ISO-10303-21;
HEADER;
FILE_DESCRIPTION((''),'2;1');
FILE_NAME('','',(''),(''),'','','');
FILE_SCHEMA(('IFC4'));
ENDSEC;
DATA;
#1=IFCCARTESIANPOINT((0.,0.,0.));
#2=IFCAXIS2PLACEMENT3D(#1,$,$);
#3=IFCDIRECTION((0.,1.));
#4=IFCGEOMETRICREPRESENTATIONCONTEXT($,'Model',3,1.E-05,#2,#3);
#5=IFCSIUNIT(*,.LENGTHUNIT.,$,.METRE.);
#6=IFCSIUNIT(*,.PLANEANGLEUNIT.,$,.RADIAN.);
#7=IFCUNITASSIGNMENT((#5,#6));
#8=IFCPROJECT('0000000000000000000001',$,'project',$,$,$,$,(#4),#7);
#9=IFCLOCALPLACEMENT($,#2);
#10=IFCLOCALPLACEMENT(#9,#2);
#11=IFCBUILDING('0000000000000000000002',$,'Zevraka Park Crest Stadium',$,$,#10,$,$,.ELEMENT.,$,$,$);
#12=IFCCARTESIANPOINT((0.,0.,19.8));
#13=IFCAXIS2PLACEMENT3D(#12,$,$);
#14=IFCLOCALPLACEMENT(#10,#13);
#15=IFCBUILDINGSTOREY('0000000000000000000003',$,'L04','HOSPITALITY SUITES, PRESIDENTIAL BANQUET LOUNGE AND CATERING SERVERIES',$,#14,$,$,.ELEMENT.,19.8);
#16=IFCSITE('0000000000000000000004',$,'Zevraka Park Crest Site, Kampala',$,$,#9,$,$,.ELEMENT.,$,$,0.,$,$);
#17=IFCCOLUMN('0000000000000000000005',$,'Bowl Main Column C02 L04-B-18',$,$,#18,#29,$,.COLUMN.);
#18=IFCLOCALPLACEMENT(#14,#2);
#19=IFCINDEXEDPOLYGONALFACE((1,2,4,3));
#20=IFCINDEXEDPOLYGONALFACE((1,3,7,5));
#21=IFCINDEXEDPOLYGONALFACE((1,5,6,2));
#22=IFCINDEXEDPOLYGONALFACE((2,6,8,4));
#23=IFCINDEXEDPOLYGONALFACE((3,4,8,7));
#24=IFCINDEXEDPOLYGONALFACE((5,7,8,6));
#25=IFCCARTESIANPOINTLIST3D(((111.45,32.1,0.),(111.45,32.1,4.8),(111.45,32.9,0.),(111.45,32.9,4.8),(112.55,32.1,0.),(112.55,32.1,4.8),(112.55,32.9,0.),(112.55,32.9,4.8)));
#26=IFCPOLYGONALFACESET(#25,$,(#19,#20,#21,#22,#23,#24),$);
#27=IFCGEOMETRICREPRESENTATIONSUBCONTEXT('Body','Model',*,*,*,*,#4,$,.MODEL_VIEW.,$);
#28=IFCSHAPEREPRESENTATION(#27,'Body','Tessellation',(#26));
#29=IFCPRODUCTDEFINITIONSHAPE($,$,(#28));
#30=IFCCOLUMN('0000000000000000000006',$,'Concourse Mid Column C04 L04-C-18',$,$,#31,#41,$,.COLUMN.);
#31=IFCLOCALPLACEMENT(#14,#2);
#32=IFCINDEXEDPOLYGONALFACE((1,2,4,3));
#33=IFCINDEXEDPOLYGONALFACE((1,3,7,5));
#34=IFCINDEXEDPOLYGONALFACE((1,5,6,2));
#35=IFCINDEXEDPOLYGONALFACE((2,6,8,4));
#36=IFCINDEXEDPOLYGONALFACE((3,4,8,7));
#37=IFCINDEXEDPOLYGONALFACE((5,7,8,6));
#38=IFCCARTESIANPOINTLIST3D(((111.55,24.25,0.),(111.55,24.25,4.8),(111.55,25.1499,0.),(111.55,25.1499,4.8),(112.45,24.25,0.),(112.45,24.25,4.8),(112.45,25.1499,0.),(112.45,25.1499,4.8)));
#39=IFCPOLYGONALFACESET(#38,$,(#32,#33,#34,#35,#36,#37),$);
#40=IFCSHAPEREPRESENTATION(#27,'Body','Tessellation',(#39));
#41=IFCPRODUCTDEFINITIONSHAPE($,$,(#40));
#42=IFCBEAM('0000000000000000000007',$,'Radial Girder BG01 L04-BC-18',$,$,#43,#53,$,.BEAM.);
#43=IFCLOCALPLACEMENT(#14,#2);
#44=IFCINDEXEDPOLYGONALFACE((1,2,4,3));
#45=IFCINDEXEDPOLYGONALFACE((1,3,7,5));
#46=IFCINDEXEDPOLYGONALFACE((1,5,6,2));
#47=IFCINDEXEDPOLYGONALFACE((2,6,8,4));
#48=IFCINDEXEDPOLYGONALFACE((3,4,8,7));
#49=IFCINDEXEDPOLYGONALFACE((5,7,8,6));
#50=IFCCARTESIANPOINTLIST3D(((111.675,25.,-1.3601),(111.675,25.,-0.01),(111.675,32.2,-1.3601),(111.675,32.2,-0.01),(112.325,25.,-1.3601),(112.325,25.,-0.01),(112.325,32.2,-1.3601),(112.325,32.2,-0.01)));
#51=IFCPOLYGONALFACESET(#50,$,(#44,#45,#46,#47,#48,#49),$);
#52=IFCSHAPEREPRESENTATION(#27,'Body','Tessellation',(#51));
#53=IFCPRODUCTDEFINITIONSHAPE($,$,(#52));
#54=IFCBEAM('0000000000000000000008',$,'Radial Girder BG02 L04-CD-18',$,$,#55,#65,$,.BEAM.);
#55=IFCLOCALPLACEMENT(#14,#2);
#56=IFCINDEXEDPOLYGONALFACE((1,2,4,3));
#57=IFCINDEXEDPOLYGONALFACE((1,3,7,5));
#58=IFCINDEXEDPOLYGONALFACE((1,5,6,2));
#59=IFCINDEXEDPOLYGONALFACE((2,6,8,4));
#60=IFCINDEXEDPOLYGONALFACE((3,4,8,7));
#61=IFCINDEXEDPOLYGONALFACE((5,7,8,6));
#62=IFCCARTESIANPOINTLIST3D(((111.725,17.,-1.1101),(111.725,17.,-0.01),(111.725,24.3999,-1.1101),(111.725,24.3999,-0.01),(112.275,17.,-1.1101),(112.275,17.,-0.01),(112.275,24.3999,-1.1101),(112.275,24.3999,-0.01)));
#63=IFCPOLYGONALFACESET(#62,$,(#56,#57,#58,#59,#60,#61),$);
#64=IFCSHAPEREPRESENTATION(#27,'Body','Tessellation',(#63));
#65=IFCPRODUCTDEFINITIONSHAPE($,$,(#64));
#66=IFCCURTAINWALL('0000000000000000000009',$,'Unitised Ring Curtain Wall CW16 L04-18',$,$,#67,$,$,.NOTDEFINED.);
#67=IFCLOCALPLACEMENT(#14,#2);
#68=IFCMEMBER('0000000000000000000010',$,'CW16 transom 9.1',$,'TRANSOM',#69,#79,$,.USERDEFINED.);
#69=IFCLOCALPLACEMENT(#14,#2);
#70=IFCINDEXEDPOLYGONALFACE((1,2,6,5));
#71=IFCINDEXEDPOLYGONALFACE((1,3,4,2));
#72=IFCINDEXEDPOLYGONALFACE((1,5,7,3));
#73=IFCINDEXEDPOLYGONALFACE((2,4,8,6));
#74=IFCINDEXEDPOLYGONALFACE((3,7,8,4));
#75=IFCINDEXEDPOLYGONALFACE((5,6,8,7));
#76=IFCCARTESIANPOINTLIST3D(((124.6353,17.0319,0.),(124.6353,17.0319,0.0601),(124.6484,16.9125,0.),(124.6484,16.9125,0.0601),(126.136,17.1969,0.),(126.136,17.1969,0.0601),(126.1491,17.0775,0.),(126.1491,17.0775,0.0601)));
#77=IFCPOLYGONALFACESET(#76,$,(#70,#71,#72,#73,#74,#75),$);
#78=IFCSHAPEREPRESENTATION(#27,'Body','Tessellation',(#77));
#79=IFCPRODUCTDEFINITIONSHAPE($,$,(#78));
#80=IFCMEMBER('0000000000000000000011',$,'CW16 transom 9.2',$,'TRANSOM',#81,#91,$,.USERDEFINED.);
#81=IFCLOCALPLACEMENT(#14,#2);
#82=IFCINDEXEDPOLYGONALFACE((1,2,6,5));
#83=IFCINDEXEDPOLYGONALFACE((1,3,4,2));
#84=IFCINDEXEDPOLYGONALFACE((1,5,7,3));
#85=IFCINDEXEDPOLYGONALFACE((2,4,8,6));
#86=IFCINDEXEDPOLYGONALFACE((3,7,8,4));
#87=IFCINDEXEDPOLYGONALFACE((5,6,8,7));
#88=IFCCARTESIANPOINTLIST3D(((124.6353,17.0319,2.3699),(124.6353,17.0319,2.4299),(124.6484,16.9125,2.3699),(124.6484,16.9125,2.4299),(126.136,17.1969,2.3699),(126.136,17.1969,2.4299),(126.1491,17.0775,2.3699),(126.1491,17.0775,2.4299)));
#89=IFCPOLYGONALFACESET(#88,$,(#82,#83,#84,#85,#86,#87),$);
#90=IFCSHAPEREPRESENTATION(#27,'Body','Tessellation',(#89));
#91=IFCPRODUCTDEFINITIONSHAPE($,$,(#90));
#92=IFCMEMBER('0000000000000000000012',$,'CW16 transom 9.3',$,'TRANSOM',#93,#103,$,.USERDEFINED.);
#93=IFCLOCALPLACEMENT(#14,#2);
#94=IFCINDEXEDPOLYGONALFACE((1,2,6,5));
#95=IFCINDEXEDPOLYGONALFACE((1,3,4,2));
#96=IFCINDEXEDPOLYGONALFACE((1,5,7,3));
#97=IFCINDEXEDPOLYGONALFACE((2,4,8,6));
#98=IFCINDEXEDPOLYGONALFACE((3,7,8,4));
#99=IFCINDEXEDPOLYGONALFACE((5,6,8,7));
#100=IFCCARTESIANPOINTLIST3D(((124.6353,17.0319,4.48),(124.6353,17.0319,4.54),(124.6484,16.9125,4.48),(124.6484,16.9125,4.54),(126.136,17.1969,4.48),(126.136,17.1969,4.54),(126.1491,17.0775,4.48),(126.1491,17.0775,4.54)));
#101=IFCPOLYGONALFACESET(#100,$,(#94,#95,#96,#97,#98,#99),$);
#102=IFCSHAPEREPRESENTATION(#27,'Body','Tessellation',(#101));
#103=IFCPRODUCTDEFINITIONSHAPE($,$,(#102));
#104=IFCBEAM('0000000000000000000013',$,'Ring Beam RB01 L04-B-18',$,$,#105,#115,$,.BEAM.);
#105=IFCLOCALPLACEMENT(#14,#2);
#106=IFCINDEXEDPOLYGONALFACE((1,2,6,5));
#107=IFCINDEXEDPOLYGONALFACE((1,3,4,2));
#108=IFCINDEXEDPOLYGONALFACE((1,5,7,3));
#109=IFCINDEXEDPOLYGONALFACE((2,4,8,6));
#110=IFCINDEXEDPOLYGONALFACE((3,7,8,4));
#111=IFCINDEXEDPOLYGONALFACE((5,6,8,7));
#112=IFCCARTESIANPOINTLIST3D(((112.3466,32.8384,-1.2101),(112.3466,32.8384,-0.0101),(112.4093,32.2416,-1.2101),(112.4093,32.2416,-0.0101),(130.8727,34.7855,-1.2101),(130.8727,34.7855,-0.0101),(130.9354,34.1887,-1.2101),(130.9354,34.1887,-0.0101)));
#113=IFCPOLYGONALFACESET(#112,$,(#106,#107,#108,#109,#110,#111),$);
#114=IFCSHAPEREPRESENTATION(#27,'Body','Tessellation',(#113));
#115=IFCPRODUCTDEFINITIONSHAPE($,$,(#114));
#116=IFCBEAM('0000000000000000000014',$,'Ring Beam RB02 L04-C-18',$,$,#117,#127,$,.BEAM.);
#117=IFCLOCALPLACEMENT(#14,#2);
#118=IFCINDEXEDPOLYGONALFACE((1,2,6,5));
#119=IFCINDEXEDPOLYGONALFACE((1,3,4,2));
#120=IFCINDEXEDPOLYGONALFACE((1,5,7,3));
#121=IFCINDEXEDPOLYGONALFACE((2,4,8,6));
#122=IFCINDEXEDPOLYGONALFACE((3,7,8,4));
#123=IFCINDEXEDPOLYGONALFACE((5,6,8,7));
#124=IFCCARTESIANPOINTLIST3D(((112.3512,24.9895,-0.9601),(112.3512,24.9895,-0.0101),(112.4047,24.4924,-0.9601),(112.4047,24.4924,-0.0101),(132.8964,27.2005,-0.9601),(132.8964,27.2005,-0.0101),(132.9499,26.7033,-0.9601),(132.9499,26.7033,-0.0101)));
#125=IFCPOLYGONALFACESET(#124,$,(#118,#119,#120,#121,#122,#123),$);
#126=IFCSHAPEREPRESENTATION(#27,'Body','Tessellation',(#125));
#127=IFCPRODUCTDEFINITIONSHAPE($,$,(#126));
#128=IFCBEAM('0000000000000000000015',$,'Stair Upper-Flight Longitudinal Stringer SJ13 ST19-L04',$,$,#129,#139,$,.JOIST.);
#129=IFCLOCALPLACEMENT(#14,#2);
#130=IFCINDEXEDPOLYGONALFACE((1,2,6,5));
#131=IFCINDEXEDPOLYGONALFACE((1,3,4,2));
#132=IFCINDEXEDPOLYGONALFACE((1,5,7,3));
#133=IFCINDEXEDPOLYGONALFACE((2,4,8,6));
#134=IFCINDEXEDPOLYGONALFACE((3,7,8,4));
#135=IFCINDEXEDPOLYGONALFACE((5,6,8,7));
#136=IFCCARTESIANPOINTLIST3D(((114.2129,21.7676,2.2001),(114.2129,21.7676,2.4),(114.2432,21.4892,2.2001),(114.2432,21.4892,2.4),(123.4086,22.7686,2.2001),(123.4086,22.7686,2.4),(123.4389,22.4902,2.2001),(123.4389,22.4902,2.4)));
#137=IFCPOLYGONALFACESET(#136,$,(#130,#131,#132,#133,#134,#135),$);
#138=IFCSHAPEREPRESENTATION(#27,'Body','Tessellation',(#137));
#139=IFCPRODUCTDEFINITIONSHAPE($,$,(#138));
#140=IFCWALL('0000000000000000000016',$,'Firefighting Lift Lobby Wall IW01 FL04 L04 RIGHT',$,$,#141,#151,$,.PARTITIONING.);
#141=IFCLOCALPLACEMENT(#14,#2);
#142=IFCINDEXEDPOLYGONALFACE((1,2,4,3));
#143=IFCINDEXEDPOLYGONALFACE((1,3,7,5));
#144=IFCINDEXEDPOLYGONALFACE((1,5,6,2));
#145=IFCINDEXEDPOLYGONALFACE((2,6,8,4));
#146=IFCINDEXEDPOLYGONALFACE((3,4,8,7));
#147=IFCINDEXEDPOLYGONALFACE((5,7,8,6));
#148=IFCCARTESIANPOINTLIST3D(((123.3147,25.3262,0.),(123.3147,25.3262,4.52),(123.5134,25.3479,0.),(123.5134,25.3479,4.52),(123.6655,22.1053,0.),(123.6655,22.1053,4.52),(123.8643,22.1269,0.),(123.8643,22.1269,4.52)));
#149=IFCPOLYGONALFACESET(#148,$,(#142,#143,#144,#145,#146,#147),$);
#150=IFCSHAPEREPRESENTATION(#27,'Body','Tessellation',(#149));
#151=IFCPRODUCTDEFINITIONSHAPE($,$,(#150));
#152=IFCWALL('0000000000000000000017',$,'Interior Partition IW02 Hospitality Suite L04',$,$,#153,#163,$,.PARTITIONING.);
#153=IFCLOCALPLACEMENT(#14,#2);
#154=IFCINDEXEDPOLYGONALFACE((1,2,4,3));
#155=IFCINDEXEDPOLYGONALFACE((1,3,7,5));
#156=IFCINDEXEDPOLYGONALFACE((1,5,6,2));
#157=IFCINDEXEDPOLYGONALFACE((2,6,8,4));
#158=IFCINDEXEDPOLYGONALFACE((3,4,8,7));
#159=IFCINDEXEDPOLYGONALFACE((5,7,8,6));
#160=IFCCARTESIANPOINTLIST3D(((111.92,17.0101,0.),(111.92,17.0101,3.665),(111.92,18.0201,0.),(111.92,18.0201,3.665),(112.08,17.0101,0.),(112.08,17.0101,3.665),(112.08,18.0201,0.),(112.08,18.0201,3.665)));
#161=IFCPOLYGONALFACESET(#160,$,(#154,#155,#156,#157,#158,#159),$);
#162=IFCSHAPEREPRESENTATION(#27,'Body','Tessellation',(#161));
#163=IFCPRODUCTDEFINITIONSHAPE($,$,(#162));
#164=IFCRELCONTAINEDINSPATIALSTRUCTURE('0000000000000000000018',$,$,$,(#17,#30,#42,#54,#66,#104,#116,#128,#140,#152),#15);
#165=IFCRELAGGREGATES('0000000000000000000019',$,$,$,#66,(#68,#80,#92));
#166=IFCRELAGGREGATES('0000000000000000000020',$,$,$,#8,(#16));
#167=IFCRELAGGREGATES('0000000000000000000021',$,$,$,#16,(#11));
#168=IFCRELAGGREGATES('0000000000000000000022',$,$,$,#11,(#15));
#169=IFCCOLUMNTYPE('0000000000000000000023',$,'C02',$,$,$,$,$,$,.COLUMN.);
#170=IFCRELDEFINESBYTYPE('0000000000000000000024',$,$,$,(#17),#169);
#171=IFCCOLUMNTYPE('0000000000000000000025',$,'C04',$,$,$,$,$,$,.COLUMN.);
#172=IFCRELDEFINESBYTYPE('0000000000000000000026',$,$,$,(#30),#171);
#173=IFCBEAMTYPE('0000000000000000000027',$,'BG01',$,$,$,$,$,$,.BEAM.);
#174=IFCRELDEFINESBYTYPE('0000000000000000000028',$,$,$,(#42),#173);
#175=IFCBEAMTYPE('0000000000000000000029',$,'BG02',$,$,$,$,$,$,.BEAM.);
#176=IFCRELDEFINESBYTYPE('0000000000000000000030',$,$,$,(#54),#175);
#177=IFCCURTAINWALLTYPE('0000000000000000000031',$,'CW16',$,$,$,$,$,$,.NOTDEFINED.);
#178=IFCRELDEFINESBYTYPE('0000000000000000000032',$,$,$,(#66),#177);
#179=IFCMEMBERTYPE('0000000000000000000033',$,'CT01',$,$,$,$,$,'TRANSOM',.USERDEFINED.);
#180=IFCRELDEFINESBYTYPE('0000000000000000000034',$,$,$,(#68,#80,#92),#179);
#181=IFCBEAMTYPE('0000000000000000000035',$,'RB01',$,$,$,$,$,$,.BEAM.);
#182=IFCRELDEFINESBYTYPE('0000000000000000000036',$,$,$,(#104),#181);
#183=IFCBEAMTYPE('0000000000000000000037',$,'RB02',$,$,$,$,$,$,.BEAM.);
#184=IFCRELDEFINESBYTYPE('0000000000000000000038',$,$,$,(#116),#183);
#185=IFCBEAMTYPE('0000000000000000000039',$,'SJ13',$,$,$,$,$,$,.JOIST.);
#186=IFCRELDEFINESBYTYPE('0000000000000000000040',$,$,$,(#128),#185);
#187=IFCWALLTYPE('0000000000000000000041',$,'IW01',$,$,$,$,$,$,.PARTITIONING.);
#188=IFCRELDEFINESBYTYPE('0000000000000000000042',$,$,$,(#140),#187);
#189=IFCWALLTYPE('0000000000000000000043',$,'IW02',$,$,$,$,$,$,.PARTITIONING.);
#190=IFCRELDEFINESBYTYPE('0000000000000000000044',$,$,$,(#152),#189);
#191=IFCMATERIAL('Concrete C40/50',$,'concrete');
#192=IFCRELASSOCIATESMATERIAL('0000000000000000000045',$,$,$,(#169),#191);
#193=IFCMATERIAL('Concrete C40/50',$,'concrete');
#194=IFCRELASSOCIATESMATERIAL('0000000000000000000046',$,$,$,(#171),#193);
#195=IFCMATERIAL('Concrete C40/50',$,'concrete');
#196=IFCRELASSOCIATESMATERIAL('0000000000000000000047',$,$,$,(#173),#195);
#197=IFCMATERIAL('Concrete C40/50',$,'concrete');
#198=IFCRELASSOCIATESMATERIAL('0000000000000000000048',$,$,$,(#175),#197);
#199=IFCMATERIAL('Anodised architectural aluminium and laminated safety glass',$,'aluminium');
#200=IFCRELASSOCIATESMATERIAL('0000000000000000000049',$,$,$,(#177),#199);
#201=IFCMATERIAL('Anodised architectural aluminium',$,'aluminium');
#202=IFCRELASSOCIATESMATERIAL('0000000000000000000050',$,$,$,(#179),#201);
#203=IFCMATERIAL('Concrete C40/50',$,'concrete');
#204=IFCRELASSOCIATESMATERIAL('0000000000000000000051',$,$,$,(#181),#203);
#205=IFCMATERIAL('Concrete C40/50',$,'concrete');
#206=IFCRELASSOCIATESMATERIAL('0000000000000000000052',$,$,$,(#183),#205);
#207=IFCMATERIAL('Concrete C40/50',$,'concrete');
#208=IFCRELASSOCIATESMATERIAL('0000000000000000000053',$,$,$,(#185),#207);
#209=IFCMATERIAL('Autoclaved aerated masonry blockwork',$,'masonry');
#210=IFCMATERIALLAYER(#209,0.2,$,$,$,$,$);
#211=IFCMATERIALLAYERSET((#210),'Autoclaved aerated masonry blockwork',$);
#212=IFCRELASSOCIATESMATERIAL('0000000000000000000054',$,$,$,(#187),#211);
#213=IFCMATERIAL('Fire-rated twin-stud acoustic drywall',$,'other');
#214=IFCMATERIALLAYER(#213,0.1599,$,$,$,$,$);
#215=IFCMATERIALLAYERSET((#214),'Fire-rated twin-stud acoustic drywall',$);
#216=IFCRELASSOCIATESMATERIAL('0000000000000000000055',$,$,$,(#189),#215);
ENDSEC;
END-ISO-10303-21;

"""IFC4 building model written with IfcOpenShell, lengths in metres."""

from ifc_helpers import new_model, si_unit, direction, frame, frame_2d, origin, origin_2d, place, context, subcontext, project, spatial, rectangle, extrude, material, layer, layer_set, material_profile, profile_set, type_object, element, aggregate, save


model = new_model("IFC4")

# Units and contexts
model_context = context("Model", 3, precision=1e-05, world=origin(), true_north=direction((0.0, 1.0)))
body_context = subcontext(model_context, "Body", "Model", "MODEL_VIEW")
ifc_project = project(units=[si_unit("LENGTHUNIT", "METRE"), si_unit("PLANEANGLEUNIT", "RADIAN")], contexts=[model_context])

# Site, building, storey
site_placement = place(None, origin())
site = spatial("IfcSite", under=ifc_project, at=site_placement, Name="Zevraka Park Crest Site, Kampala", CompositionType="ELEMENT", RefElevation=0.0)
building_placement = place(site_placement, origin())
building = spatial("IfcBuilding", under=site, at=building_placement, Name="Zevraka Park Crest Stadium", CompositionType="ELEMENT")
storey_placement = place(building_placement, frame((0.0, 0.0, 19.8)))
storey = spatial("IfcBuildingStorey", under=building, at=storey_placement, Name="L04", Description="HOSPITALITY SUITES, PRESIDENTIAL BANQUET LOUNGE AND CATERING SERVERIES", CompositionType="ELEMENT", Elevation=19.8)

# Columns
ifc_material_1 = material(Name="Concrete C40/50", Category="concrete")
ifc_material_profile_1 = material_profile(ifc_material_1, rectangle(XDim=0.8, YDim=1.1001, at=origin_2d()), Name="RC 1100x800")
ifc_profile_set_1 = profile_set([ifc_material_profile_1], Name="Concrete C40/50")
column_type_1 = type_object("IfcColumnType", Name="C02", PredefinedType="COLUMN", material=ifc_profile_set_1)
column_1_placement = place(storey_placement, frame((112.0, 32.5, 0.0), z_axis=(0.0, 0.0, 1.0), x_axis=(0.0, 1.0, 0.0)))
element("IfcColumn", 1, at=column_1_placement, inside=storey, type_object=column_type_1, Name="Bowl Main Column C02 L04-B-18", PredefinedType="COLUMN", context=body_context, shape_type="SweptSolid", body=[
    extrude(rectangle(XDim=0.8, YDim=1.1001, at=origin_2d()), origin(), (0.0, 0.0, 1.0), 4.8),
])
ifc_material_2 = material(Name="Concrete C40/50", Category="concrete")
ifc_material_profile_2 = material_profile(ifc_material_2, rectangle(XDim=0.8999, YDim=0.8999, at=origin_2d()), Name="RC 900x900")
ifc_profile_set_2 = profile_set([ifc_material_profile_2], Name="Concrete C40/50")
column_type_2 = type_object("IfcColumnType", Name="C04", PredefinedType="COLUMN", material=ifc_profile_set_2)
column_2_placement = place(storey_placement, frame((112.0, 24.7, 0.0), z_axis=(0.0, 0.0, 1.0), x_axis=(0.0, 1.0, 0.0)))
element("IfcColumn", 2, at=column_2_placement, inside=storey, type_object=column_type_2, Name="Concourse Mid Column C04 L04-C-18", PredefinedType="COLUMN", context=body_context, shape_type="SweptSolid", body=[
    extrude(rectangle(XDim=0.8999, YDim=0.8999, at=origin_2d()), origin(), (0.0, 0.0, 1.0), 4.8),
])

# Beams
ifc_material_3 = material(Name="Concrete C40/50", Category="concrete")
ifc_material_profile_3 = material_profile(ifc_material_3, rectangle(XDim=0.6499, YDim=1.3501, at=origin_2d()), Name="RC 1350x650")
ifc_profile_set_3 = profile_set([ifc_material_profile_3], Name="Concrete C40/50")
beam_type_1 = type_object("IfcBeamType", Name="BG01", PredefinedType="BEAM", material=ifc_profile_set_3)
beam_1_placement = place(storey_placement, frame((112.0, 32.2, -0.6851), z_axis=(0.0, -1.0, 0.0), x_axis=(1.0, 0.0, 0.0)))
element("IfcBeam", 3, at=beam_1_placement, inside=storey, type_object=beam_type_1, Name="Radial Girder BG01 L04-BC-18", PredefinedType="BEAM", context=body_context, shape_type="SweptSolid", body=[
    extrude(rectangle(XDim=0.6499, YDim=1.3501, at=origin_2d()), origin(), (0.0, 0.0, 1.0), 7.2),
])
ifc_material_4 = material(Name="Concrete C40/50", Category="concrete")
ifc_material_profile_4 = material_profile(ifc_material_4, rectangle(XDim=0.55, YDim=1.1001, at=origin_2d()), Name="RC 1100x550")
ifc_profile_set_4 = profile_set([ifc_material_profile_4], Name="Concrete C40/50")
beam_type_2 = type_object("IfcBeamType", Name="BG02", PredefinedType="BEAM", material=ifc_profile_set_4)
beam_2_placement = place(storey_placement, frame((112.0, 24.3999, -0.5601), z_axis=(0.0, -1.0, 0.0), x_axis=(1.0, 0.0, 0.0)))
element("IfcBeam", 4, at=beam_2_placement, inside=storey, type_object=beam_type_2, Name="Radial Girder BG02 L04-CD-18", PredefinedType="BEAM", context=body_context, shape_type="SweptSolid", body=[
    extrude(rectangle(XDim=0.55, YDim=1.1001, at=origin_2d()), origin(), (0.0, 0.0, 1.0), 7.3999),
])

# Curtain wall, members
ifc_material_5 = material(Name="Anodised architectural aluminium and laminated safety glass", Category="aluminium")
curtain_wall_type = type_object("IfcCurtainWallType", Name="CW16", PredefinedType="NOTDEFINED", material=ifc_material_5)
curtain_wall_placement = place(storey_placement, origin())
curtain_wall = element("IfcCurtainWall", 5, at=curtain_wall_placement, inside=storey, type_object=curtain_wall_type, Name="Unitised Ring Curtain Wall CW16 L04-18", PredefinedType="NOTDEFINED")
ifc_material_6 = material(Name="Anodised architectural aluminium", Category="aluminium")
ifc_material_profile_5 = material_profile(ifc_material_6, rectangle(XDim=0.1201, YDim=0.0601, at=origin_2d()), Name="ALU TRANSOM 120x60")
ifc_profile_set_5 = profile_set([ifc_material_profile_5], Name="Anodised architectural aluminium")
member_type = type_object("IfcMemberType", Name="CT01", ElementType="TRANSOM", PredefinedType="USERDEFINED", material=ifc_profile_set_5)
member_1_placement = place(storey_placement, frame((124.6418, 16.9722, 0.03), z_axis=(0.994007, 0.109313, 0.0), x_axis=(-0.109313, 0.994007, 0.0)))
member_1 = element("IfcMember", 6, at=member_1_placement, type_object=member_type, Name="CW16 transom 9.1", ObjectType="TRANSOM", PredefinedType="USERDEFINED", context=body_context, shape_type="SweptSolid", body=[
    extrude(rectangle(XDim=0.1201, YDim=0.0601, at=origin_2d()), origin(), (0.0, 0.0, 1.0), 1.5098),
])
member_2_placement = place(storey_placement, frame((124.6418, 16.9722, 2.3999), z_axis=(0.994007, 0.109313, 0.0), x_axis=(-0.109313, 0.994007, 0.0)))
member_2 = element("IfcMember", 7, at=member_2_placement, type_object=member_type, Name="CW16 transom 9.2", ObjectType="TRANSOM", PredefinedType="USERDEFINED", context=body_context, shape_type="SweptSolid", body=[
    extrude(rectangle(XDim=0.1201, YDim=0.0601, at=origin_2d()), origin(), (0.0, 0.0, 1.0), 1.5098),
])
member_3_placement = place(storey_placement, frame((124.6418, 16.9722, 4.51), z_axis=(0.994007, 0.109313, 0.0), x_axis=(-0.109313, 0.994007, 0.0)))
member_3 = element("IfcMember", 8, at=member_3_placement, type_object=member_type, Name="CW16 transom 9.3", ObjectType="TRANSOM", PredefinedType="USERDEFINED", context=body_context, shape_type="SweptSolid", body=[
    extrude(rectangle(XDim=0.1201, YDim=0.0601, at=origin_2d()), origin(), (0.0, 0.0, 1.0), 1.5098),
])
aggregate(curtain_wall, [member_1, member_2, member_3])

# Beams
ifc_material_7 = material(Name="Concrete C40/50", Category="concrete")
ifc_material_profile_6 = material_profile(ifc_material_7, rectangle(XDim=0.6001, YDim=1.2, at=origin_2d()), Name="RC 1200x600")
ifc_profile_set_6 = profile_set([ifc_material_profile_6], Name="Concrete C40/50")
beam_type_3 = type_object("IfcBeamType", Name="RB01", PredefinedType="BEAM", material=ifc_profile_set_6)
beam_3_placement = place(storey_placement, frame((112.3779, 32.54, -0.6101), z_axis=(0.994523, 0.10452, 0.0), x_axis=(-0.10452, 0.994523, 0.0)))
element("IfcBeam", 9, at=beam_3_placement, inside=storey, type_object=beam_type_3, Name="Ring Beam RB01 L04-B-18", PredefinedType="BEAM", context=body_context, shape_type="SweptSolid", body=[
    extrude(rectangle(XDim=0.6001, YDim=1.2, at=origin_2d()), origin(), (0.0, 0.0, 1.0), 18.6282),
])
ifc_material_8 = material(Name="Concrete C40/50", Category="concrete")
ifc_material_profile_7 = material_profile(ifc_material_8, rectangle(XDim=0.5, YDim=0.95, at=origin_2d()), Name="RC 950x500")
ifc_profile_set_7 = profile_set([ifc_material_profile_7], Name="Concrete C40/50")
beam_type_4 = type_object("IfcBeamType", Name="RB02", PredefinedType="BEAM", material=ifc_profile_set_7)
beam_4_placement = place(storey_placement, frame((112.3779, 24.741, -0.4851), z_axis=(0.994259, 0.106996, 0.0), x_axis=(-0.106996, 0.994259, 0.0)))
element("IfcBeam", 10, at=beam_4_placement, inside=storey, type_object=beam_type_4, Name="Ring Beam RB02 L04-C-18", PredefinedType="BEAM", context=body_context, shape_type="SweptSolid", body=[
    extrude(rectangle(XDim=0.5, YDim=0.95, at=origin_2d()), origin(), (0.0, 0.0, 1.0), 20.6638),
])
ifc_material_9 = material(Name="Concrete C40/50", Category="concrete")
ifc_material_profile_8 = material_profile(ifc_material_9, rectangle(XDim=0.28, YDim=0.2, at=origin_2d()), Name="RC 200x280")
ifc_profile_set_8 = profile_set([ifc_material_profile_8], Name="Concrete C40/50")
beam_type_5 = type_object("IfcBeamType", Name="SJ13", PredefinedType="JOIST", material=ifc_profile_set_8)
beam_5_placement = place(storey_placement, frame((114.228, 21.6284, 2.3), z_axis=(0.994128, 0.108212, 0.0), x_axis=(-0.108212, 0.994128, 0.0)))
element("IfcBeam", 11, at=beam_5_placement, inside=storey, type_object=beam_type_5, Name="Stair Upper-Flight Longitudinal Stringer SJ13 ST19-L04", PredefinedType="JOIST", context=body_context, shape_type="SweptSolid", body=[
    extrude(rectangle(XDim=0.28, YDim=0.2, at=origin_2d()), origin(), (0.0, 0.0, 1.0), 9.25),
])

# Walls
ifc_material_10 = material(Name="Autoclaved aerated masonry blockwork", Category="masonry")
ifc_layer_1 = layer(ifc_material_10, 0.2)
ifc_layer_set_1 = layer_set([ifc_layer_1], Name="Autoclaved aerated masonry blockwork")
wall_type_1 = type_object("IfcWallType", Name="IW01", PredefinedType="PARTITIONING", material=ifc_layer_set_1)
wall_1_placement = place(storey_placement, frame((123.7649, 22.116, 0.0), z_axis=(0.0, 0.0, 1.0), x_axis=(-0.108281, 0.99412, 0.0)))
element("IfcWall", 12, at=wall_1_placement, inside=storey, type_object=wall_type_1, Name="Firefighting Lift Lobby Wall IW01 FL04 L04 RIGHT", PredefinedType="PARTITIONING", context=body_context, shape_type="SweptSolid", body=[
    extrude(rectangle(XDim=3.24, YDim=0.2, at=frame_2d((1.6201, 0.0))), origin(), (0.0, 0.0, 1.0), 4.52),
])
ifc_material_11 = material(Name="Fire-rated twin-stud acoustic drywall", Category="other")
ifc_layer_2 = layer(ifc_material_11, 0.1599)
ifc_layer_set_2 = layer_set([ifc_layer_2], Name="Fire-rated twin-stud acoustic drywall")
wall_type_2 = type_object("IfcWallType", Name="IW02", PredefinedType="PARTITIONING", material=ifc_layer_set_2)
wall_2_placement = place(storey_placement, frame((112.0, 18.02, 0.0), z_axis=(0.0, 0.0, 1.0), x_axis=(0.0, -1.0, 0.0)))
element("IfcWall", 13, at=wall_2_placement, inside=storey, type_object=wall_type_2, Name="Interior Partition IW02 Hospitality Suite L04", PredefinedType="PARTITIONING", context=body_context, shape_type="SweptSolid", body=[
    extrude(rectangle(XDim=1.01, YDim=0.1599, at=frame_2d((0.5049, 0.0))), origin(), (0.0, 0.0, 1.0), 3.665),
])

save(model, "model.ifc")
